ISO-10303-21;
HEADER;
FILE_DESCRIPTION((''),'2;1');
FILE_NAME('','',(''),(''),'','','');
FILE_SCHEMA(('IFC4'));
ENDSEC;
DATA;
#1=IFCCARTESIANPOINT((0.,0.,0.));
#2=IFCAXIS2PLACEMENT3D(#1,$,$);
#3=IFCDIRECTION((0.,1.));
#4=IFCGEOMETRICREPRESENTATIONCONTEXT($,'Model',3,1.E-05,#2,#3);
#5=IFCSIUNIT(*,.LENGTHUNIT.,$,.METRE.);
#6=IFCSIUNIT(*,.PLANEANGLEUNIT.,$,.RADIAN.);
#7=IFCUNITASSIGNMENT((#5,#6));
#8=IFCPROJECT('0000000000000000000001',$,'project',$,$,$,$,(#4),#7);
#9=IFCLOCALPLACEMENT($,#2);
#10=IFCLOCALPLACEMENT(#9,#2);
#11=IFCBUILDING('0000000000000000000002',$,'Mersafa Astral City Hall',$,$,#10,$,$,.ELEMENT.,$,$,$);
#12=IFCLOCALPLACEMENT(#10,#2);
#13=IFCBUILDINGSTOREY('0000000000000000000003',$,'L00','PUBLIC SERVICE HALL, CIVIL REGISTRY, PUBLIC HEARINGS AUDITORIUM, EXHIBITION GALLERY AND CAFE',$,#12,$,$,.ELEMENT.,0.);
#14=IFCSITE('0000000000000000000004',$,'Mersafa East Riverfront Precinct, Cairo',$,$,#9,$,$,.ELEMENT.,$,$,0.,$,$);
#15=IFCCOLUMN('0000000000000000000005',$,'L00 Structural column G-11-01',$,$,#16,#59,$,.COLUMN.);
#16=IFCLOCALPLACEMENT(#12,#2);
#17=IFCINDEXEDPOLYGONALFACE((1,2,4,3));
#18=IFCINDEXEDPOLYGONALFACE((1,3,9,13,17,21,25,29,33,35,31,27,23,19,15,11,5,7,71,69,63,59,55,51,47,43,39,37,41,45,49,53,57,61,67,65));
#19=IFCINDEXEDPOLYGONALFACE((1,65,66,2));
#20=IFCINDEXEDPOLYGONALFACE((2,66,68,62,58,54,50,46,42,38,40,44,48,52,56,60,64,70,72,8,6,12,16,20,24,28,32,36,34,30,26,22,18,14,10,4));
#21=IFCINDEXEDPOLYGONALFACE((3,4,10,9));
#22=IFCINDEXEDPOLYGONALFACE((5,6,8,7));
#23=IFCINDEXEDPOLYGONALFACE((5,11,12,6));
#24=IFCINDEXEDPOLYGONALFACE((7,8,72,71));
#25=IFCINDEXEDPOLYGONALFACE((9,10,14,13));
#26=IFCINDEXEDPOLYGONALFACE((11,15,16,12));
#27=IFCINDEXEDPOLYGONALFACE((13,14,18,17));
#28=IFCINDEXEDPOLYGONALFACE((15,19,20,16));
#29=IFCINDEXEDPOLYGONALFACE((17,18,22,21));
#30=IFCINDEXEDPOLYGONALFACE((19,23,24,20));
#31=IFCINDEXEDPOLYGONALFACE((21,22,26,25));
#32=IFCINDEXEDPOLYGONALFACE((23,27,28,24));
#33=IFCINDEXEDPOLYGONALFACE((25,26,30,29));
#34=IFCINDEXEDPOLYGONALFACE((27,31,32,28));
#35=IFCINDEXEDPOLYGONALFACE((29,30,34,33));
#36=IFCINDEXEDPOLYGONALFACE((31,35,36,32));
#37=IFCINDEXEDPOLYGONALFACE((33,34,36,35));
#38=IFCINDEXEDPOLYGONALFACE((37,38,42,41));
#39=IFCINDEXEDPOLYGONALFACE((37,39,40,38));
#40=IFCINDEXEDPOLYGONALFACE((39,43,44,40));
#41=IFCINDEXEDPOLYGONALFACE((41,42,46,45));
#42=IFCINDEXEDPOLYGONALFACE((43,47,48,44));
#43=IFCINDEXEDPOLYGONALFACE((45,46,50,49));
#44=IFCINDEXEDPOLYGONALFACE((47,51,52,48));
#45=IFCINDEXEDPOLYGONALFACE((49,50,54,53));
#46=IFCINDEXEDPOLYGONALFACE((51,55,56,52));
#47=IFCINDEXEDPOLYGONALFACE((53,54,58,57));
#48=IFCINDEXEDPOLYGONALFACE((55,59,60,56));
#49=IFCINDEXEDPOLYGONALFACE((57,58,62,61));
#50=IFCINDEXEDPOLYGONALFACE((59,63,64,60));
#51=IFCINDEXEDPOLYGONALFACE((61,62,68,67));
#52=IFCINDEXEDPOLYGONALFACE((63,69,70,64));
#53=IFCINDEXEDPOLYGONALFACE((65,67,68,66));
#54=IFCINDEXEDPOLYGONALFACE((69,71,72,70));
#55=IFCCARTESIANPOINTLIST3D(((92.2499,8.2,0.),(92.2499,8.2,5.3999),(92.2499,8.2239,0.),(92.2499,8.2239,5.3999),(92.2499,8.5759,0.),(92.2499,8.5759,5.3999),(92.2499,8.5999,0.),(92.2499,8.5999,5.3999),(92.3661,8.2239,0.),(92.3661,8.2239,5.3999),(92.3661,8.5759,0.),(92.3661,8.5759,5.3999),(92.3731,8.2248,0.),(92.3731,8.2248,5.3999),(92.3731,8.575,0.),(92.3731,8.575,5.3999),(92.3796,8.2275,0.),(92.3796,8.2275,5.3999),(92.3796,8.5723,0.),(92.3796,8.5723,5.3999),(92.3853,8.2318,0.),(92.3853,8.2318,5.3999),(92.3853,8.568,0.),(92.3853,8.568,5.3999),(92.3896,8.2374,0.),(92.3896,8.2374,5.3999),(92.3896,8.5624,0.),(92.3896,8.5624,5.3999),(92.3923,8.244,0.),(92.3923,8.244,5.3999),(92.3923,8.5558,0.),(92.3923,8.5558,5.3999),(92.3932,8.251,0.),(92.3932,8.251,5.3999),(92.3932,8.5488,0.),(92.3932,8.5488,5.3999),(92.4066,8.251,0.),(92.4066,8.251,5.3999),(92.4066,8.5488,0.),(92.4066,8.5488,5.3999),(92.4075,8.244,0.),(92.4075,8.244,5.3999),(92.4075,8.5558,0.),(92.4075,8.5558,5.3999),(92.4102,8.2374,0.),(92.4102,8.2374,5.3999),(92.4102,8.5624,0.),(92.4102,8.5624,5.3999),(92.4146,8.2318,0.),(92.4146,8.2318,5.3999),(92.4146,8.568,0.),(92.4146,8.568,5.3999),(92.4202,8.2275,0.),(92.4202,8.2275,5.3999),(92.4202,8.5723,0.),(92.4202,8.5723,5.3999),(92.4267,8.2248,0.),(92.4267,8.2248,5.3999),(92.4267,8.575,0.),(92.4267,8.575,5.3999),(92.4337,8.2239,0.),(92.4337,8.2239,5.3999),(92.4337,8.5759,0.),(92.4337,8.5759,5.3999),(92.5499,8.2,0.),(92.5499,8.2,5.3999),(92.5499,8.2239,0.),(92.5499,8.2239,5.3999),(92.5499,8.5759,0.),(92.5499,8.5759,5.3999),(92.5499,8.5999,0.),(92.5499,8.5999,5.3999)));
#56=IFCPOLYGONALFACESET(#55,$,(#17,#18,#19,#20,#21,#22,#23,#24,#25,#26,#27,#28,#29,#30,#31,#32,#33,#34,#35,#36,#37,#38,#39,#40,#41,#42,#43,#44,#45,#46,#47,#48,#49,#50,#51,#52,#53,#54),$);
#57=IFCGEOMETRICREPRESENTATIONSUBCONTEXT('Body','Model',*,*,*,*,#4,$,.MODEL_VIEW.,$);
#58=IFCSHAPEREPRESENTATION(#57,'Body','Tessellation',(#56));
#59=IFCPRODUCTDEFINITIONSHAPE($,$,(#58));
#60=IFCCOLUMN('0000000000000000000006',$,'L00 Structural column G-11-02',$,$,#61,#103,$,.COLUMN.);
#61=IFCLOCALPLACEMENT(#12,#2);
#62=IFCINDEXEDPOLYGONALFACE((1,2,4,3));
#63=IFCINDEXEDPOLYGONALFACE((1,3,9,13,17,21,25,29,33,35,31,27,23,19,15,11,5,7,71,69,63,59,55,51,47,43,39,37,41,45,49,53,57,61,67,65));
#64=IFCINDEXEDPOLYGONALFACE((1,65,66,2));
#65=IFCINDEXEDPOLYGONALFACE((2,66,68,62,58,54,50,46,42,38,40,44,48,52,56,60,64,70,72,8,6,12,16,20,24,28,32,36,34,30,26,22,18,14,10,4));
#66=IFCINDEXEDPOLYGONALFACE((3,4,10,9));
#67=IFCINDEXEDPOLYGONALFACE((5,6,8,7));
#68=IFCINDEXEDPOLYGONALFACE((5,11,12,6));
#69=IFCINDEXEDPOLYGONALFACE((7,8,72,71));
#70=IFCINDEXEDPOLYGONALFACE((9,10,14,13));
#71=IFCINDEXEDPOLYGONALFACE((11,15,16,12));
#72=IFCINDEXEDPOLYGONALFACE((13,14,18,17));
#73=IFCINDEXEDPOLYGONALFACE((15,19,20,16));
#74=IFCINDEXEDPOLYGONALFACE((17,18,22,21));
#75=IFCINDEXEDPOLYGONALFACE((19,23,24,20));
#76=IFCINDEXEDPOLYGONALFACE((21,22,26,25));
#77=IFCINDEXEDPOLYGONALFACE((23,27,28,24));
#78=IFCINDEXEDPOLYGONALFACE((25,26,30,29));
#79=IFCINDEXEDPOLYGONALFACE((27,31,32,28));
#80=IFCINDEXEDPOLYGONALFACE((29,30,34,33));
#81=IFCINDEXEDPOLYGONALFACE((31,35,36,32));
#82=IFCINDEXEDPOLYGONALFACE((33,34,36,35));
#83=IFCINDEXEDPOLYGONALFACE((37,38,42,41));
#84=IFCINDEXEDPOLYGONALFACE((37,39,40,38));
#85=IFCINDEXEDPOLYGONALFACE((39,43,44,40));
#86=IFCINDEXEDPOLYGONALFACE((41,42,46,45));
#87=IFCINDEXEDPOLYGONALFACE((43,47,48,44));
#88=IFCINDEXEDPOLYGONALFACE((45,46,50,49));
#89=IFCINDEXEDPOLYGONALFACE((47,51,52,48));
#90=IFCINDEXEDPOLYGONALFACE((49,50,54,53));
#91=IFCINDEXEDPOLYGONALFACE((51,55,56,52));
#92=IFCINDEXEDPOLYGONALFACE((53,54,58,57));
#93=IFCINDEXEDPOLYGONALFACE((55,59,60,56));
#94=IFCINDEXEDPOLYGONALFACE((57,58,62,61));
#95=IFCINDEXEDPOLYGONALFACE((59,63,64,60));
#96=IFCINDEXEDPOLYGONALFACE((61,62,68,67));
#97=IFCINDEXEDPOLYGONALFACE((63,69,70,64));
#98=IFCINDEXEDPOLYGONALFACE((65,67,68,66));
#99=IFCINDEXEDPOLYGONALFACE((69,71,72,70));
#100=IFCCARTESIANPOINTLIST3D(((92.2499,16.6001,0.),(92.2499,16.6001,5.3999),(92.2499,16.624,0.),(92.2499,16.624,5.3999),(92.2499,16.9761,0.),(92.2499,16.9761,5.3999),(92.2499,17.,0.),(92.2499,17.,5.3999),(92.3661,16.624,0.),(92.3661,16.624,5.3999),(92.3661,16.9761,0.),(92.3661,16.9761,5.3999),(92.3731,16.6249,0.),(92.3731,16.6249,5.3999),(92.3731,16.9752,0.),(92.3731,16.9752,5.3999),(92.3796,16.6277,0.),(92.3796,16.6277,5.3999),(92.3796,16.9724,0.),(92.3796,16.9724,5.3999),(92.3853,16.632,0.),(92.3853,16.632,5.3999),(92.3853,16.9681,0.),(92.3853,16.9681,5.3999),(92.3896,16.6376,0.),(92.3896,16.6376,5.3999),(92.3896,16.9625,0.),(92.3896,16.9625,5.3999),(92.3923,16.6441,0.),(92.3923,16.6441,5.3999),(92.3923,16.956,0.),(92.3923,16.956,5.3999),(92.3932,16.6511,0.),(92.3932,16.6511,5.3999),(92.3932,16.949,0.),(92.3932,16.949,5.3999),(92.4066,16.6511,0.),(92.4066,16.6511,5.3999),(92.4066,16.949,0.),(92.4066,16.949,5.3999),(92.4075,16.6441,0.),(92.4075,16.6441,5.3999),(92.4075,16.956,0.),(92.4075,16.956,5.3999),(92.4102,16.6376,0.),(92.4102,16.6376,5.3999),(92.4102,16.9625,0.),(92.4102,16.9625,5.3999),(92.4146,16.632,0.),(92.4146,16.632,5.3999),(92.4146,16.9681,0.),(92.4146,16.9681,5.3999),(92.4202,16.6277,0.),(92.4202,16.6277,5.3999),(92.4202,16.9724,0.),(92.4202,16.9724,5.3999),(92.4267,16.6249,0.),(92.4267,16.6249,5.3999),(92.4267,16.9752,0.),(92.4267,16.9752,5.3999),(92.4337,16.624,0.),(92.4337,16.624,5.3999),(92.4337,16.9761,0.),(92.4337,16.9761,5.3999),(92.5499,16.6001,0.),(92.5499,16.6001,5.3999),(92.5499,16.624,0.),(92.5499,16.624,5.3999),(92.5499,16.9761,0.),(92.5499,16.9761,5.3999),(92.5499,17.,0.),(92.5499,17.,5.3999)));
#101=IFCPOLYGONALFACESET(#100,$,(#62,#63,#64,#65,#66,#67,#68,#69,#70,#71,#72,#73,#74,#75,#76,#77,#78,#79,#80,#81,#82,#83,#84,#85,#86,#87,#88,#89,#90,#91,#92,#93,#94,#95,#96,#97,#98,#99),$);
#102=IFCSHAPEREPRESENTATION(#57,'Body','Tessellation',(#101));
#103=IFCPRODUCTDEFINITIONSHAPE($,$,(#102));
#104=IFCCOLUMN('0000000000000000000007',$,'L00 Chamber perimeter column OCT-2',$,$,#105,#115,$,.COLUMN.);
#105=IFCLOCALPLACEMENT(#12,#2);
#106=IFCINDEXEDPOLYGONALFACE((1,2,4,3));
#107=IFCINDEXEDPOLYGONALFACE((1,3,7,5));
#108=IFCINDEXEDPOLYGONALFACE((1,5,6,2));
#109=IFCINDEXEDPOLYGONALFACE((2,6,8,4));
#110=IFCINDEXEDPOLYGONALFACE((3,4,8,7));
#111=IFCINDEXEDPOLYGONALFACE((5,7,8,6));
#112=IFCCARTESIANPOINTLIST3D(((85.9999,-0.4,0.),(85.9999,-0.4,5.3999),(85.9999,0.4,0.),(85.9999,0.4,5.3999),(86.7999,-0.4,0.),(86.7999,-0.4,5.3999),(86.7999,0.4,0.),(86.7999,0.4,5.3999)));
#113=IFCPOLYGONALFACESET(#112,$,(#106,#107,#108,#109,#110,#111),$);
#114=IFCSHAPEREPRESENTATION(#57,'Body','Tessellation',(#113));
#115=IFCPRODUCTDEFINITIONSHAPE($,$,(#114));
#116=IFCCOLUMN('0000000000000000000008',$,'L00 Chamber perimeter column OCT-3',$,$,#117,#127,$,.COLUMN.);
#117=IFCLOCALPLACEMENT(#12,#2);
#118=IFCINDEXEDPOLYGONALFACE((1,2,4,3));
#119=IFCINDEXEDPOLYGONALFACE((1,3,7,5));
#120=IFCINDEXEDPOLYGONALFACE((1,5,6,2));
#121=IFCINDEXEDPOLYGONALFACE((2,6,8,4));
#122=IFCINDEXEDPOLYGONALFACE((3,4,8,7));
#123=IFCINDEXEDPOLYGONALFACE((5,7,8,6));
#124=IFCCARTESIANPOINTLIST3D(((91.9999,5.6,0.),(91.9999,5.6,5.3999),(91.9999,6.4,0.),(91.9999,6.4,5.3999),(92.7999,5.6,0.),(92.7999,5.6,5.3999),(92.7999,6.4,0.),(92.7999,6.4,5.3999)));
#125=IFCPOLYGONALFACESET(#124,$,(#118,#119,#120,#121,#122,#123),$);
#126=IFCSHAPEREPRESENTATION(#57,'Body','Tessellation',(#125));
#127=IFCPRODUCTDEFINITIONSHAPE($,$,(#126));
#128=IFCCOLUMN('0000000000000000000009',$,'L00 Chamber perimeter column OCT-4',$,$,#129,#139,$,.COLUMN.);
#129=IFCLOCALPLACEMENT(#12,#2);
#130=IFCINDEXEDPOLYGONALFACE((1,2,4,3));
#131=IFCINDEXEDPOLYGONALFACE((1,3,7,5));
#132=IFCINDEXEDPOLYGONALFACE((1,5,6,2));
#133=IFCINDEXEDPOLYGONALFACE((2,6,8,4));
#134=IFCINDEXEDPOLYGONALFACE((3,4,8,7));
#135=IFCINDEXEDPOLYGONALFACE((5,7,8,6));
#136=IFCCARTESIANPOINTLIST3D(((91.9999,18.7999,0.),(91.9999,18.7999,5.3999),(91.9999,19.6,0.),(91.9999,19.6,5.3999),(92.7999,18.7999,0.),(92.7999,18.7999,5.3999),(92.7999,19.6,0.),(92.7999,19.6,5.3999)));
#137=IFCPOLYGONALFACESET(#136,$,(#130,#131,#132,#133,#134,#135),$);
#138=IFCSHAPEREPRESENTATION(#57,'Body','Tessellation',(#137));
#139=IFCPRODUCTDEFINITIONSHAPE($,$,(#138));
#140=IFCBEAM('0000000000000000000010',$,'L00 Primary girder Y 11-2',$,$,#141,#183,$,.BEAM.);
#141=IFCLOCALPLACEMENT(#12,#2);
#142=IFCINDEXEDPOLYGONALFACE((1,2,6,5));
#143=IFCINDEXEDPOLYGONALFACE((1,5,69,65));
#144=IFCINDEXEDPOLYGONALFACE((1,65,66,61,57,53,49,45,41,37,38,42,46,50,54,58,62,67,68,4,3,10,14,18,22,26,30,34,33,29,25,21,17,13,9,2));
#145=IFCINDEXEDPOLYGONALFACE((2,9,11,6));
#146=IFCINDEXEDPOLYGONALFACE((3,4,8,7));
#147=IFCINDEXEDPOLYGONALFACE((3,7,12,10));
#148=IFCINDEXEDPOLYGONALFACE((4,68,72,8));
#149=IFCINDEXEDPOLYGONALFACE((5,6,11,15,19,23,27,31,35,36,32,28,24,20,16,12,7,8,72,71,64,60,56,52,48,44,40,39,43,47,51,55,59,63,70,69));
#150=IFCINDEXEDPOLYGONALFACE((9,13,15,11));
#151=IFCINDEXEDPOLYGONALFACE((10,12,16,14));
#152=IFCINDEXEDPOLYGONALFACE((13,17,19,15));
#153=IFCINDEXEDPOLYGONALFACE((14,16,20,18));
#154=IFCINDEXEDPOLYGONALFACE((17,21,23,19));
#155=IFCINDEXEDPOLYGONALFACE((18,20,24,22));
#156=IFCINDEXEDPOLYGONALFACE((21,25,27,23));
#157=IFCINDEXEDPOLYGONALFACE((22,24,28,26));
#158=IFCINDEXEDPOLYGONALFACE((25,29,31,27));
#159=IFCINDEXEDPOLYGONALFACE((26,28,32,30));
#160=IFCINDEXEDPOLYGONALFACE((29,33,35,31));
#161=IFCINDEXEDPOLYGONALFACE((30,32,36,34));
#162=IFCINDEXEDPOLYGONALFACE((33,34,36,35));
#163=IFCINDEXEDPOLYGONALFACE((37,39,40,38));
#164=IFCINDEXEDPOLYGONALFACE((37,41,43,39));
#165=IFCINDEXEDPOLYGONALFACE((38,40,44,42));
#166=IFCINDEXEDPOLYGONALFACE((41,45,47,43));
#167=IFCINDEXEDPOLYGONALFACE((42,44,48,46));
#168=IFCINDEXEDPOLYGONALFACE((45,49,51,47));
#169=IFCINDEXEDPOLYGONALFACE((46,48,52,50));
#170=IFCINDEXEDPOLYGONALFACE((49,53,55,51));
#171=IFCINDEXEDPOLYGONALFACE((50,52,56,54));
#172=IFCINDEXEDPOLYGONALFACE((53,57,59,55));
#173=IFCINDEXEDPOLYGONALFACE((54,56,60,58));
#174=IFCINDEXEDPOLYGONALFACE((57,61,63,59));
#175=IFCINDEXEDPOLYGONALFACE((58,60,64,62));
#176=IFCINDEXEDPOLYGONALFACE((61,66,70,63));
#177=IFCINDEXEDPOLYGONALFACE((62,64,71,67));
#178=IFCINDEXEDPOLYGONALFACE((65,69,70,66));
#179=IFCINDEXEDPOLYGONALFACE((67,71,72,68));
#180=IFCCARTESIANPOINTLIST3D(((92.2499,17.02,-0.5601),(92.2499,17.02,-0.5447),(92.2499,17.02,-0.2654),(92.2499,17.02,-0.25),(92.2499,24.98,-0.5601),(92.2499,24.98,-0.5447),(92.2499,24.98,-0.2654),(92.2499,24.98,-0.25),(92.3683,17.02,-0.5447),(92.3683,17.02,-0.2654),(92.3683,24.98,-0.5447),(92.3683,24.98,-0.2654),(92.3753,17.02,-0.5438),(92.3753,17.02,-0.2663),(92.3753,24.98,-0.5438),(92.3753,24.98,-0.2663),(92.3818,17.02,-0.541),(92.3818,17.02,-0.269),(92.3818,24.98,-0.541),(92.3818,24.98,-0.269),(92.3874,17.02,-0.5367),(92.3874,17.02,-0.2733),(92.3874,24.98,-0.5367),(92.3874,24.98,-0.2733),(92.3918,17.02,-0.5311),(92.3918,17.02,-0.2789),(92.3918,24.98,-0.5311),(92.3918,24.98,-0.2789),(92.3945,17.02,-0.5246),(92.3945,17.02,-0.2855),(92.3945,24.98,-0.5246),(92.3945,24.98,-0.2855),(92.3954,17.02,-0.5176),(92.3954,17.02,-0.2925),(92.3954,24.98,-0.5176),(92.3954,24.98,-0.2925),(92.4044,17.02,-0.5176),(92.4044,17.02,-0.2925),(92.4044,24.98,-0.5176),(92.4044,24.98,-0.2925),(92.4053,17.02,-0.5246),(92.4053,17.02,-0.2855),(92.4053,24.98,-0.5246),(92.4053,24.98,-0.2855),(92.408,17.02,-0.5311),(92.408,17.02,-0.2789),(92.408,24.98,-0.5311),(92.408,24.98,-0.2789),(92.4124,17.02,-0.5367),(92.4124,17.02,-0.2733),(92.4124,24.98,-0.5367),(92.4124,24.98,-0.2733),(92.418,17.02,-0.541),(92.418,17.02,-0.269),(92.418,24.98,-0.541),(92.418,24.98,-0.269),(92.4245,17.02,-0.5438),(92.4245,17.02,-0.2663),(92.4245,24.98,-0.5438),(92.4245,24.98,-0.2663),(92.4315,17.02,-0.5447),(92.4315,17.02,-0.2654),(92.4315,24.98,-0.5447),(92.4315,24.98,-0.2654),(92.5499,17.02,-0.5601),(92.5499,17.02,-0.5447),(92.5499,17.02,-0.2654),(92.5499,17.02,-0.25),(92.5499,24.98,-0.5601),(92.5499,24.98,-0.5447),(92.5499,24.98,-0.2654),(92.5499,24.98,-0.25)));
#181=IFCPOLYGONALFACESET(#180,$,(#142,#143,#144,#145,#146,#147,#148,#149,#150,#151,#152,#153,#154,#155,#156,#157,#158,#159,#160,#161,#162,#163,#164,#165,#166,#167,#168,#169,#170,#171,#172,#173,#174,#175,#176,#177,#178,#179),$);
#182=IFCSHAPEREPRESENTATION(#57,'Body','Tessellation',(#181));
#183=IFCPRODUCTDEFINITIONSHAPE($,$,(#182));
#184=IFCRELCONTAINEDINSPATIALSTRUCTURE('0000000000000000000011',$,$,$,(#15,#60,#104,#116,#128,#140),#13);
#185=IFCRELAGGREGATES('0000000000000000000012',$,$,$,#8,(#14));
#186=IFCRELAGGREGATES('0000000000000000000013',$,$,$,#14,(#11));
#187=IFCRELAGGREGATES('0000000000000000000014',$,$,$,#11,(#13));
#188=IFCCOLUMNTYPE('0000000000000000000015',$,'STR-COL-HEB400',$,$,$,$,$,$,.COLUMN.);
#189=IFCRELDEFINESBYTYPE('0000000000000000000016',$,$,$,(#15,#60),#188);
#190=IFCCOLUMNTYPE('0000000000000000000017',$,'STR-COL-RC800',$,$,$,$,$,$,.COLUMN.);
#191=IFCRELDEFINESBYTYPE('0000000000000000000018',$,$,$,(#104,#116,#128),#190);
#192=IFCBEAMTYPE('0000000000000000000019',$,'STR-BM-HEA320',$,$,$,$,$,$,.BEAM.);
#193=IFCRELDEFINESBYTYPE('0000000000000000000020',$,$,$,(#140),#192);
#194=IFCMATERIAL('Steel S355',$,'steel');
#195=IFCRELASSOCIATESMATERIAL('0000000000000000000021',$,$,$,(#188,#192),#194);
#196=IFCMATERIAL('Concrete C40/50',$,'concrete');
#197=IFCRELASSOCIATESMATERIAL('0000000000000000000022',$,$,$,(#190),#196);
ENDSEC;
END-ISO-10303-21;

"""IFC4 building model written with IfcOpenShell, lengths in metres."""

from ifc_helpers import new_model, si_unit, direction, frame, origin, origin_2d, place, context, subcontext, project, spatial, rectangle, i_section, extrude, material, material_profile, profile_set, type_object, element, save


model = new_model("IFC4")

# Units and contexts
model_context = context("Model", 3, precision=1e-05, world=origin(), true_north=direction((0.0, 1.0)))
body_context = subcontext(model_context, "Body", "Model", "MODEL_VIEW")
ifc_project = project(units=[si_unit("LENGTHUNIT", "METRE"), si_unit("PLANEANGLEUNIT", "RADIAN")], contexts=[model_context])

# Site, building, storey
site_placement = place(None, origin())
site = spatial("IfcSite", under=ifc_project, at=site_placement, Name="Mersafa East Riverfront Precinct, Cairo", CompositionType="ELEMENT", RefElevation=0.0)
building_placement = place(site_placement, origin())
building = spatial("IfcBuilding", under=site, at=building_placement, Name="Mersafa Astral City Hall", CompositionType="ELEMENT")
storey_placement = place(building_placement, origin())
storey = spatial("IfcBuildingStorey", under=building, at=storey_placement, Name="L00", Description="PUBLIC SERVICE HALL, CIVIL REGISTRY, PUBLIC HEARINGS AUDITORIUM, EXHIBITION GALLERY AND CAFE", CompositionType="ELEMENT", Elevation=0.0)

# Columns
ifc_material_1 = material(Name="Steel S355", Category="steel")
ifc_material_profile_1 = material_profile(ifc_material_1, i_section(OverallWidth=0.3, OverallDepth=0.3999, WebThickness=0.0134, FlangeThickness=0.0239, FilletRadius=0.0271, at=origin_2d()), Name="HEB 400")
ifc_profile_set_1 = profile_set([ifc_material_profile_1], Name="Steel S355")
column_type_1 = type_object("IfcColumnType", Name="STR-COL-HEB400", PredefinedType="COLUMN", material=ifc_profile_set_1)
for number, where, z_axis, x_axis, name in (
    (1, (92.3999, 8.3999, 0.0), (0.0, 0.0, 1.0), (1.0, 0.0, 0.0), "L00 Structural column G-11-01"),
    (2, (92.3999, 16.8, 0.0), (0.0, 0.0, 1.0), (1.0, 0.0, 0.0), "L00 Structural column G-11-02"),
):
    element("IfcColumn", number, at=place(storey_placement, frame(where, z_axis=z_axis, x_axis=x_axis)), inside=storey, type_object=column_type_1, Name=name, PredefinedType="COLUMN", context=body_context, shape_type="SweptSolid", body=[
        extrude(i_section(OverallWidth=0.3, OverallDepth=0.3999, WebThickness=0.0134, FlangeThickness=0.0239, FilletRadius=0.0271, at=origin_2d()), origin(), (0.0, 0.0, 1.0), 5.3999),
    ])
ifc_material_2 = material(Name="Concrete C40/50", Category="concrete")
ifc_material_profile_2 = material_profile(ifc_material_2, rectangle(XDim=0.8, YDim=0.8, at=origin_2d()), Name="RC 800x800")
ifc_profile_set_2 = profile_set([ifc_material_profile_2], Name="Concrete C40/50")
column_type_2 = type_object("IfcColumnType", Name="STR-COL-RC800", PredefinedType="COLUMN", material=ifc_profile_set_2)
for number, where, z_axis, x_axis, name in (
    (3, (86.3999, 0.0, 0.0), (0.0, 0.0, 1.0), (1.0, 0.0, 0.0), "L00 Chamber perimeter column OCT-2"),
    (4, (92.3999, 6.0, 0.0), (0.0, 0.0, 1.0), (1.0, 0.0, 0.0), "L00 Chamber perimeter column OCT-3"),
    (5, (92.3999, 19.2, 0.0), (0.0, 0.0, 1.0), (1.0, 0.0, 0.0), "L00 Chamber perimeter column OCT-4"),
):
    element("IfcColumn", number, at=place(storey_placement, frame(where, z_axis=z_axis, x_axis=x_axis)), inside=storey, type_object=column_type_2, Name=name, PredefinedType="COLUMN", context=body_context, shape_type="SweptSolid", body=[
        extrude(rectangle(XDim=0.8, YDim=0.8, at=origin_2d()), origin(), (0.0, 0.0, 1.0), 5.3999),
    ])

# Beam
ifc_material_profile_3 = material_profile(ifc_material_1, i_section(OverallWidth=0.3, OverallDepth=0.3101, WebThickness=0.009, FlangeThickness=0.0154, FilletRadius=0.0271, at=origin_2d()), Name="HEA 320")
ifc_profile_set_3 = profile_set([ifc_material_profile_3], Name="Steel S355")
beam_type_1 = type_object("IfcBeamType", Name="STR-BM-HEA320", PredefinedType="BEAM", material=ifc_profile_set_3)
beam_1_placement = place(storey_placement, frame((92.3999, 17.02, -0.405), z_axis=(0.0, 1.0, 0.0), x_axis=(-1.0, 0.0, 0.0)))
element("IfcBeam", 6, at=beam_1_placement, inside=storey, type_object=beam_type_1, Name="L00 Primary girder Y 11-2", PredefinedType="BEAM", context=body_context, shape_type="SweptSolid", body=[
    extrude(i_section(OverallWidth=0.3, OverallDepth=0.3101, WebThickness=0.009, FlangeThickness=0.0154, FilletRadius=0.0271, at=origin_2d()), origin(), (0.0, 0.0, 1.0), 7.96),
])

save(model, "model.ifc")
